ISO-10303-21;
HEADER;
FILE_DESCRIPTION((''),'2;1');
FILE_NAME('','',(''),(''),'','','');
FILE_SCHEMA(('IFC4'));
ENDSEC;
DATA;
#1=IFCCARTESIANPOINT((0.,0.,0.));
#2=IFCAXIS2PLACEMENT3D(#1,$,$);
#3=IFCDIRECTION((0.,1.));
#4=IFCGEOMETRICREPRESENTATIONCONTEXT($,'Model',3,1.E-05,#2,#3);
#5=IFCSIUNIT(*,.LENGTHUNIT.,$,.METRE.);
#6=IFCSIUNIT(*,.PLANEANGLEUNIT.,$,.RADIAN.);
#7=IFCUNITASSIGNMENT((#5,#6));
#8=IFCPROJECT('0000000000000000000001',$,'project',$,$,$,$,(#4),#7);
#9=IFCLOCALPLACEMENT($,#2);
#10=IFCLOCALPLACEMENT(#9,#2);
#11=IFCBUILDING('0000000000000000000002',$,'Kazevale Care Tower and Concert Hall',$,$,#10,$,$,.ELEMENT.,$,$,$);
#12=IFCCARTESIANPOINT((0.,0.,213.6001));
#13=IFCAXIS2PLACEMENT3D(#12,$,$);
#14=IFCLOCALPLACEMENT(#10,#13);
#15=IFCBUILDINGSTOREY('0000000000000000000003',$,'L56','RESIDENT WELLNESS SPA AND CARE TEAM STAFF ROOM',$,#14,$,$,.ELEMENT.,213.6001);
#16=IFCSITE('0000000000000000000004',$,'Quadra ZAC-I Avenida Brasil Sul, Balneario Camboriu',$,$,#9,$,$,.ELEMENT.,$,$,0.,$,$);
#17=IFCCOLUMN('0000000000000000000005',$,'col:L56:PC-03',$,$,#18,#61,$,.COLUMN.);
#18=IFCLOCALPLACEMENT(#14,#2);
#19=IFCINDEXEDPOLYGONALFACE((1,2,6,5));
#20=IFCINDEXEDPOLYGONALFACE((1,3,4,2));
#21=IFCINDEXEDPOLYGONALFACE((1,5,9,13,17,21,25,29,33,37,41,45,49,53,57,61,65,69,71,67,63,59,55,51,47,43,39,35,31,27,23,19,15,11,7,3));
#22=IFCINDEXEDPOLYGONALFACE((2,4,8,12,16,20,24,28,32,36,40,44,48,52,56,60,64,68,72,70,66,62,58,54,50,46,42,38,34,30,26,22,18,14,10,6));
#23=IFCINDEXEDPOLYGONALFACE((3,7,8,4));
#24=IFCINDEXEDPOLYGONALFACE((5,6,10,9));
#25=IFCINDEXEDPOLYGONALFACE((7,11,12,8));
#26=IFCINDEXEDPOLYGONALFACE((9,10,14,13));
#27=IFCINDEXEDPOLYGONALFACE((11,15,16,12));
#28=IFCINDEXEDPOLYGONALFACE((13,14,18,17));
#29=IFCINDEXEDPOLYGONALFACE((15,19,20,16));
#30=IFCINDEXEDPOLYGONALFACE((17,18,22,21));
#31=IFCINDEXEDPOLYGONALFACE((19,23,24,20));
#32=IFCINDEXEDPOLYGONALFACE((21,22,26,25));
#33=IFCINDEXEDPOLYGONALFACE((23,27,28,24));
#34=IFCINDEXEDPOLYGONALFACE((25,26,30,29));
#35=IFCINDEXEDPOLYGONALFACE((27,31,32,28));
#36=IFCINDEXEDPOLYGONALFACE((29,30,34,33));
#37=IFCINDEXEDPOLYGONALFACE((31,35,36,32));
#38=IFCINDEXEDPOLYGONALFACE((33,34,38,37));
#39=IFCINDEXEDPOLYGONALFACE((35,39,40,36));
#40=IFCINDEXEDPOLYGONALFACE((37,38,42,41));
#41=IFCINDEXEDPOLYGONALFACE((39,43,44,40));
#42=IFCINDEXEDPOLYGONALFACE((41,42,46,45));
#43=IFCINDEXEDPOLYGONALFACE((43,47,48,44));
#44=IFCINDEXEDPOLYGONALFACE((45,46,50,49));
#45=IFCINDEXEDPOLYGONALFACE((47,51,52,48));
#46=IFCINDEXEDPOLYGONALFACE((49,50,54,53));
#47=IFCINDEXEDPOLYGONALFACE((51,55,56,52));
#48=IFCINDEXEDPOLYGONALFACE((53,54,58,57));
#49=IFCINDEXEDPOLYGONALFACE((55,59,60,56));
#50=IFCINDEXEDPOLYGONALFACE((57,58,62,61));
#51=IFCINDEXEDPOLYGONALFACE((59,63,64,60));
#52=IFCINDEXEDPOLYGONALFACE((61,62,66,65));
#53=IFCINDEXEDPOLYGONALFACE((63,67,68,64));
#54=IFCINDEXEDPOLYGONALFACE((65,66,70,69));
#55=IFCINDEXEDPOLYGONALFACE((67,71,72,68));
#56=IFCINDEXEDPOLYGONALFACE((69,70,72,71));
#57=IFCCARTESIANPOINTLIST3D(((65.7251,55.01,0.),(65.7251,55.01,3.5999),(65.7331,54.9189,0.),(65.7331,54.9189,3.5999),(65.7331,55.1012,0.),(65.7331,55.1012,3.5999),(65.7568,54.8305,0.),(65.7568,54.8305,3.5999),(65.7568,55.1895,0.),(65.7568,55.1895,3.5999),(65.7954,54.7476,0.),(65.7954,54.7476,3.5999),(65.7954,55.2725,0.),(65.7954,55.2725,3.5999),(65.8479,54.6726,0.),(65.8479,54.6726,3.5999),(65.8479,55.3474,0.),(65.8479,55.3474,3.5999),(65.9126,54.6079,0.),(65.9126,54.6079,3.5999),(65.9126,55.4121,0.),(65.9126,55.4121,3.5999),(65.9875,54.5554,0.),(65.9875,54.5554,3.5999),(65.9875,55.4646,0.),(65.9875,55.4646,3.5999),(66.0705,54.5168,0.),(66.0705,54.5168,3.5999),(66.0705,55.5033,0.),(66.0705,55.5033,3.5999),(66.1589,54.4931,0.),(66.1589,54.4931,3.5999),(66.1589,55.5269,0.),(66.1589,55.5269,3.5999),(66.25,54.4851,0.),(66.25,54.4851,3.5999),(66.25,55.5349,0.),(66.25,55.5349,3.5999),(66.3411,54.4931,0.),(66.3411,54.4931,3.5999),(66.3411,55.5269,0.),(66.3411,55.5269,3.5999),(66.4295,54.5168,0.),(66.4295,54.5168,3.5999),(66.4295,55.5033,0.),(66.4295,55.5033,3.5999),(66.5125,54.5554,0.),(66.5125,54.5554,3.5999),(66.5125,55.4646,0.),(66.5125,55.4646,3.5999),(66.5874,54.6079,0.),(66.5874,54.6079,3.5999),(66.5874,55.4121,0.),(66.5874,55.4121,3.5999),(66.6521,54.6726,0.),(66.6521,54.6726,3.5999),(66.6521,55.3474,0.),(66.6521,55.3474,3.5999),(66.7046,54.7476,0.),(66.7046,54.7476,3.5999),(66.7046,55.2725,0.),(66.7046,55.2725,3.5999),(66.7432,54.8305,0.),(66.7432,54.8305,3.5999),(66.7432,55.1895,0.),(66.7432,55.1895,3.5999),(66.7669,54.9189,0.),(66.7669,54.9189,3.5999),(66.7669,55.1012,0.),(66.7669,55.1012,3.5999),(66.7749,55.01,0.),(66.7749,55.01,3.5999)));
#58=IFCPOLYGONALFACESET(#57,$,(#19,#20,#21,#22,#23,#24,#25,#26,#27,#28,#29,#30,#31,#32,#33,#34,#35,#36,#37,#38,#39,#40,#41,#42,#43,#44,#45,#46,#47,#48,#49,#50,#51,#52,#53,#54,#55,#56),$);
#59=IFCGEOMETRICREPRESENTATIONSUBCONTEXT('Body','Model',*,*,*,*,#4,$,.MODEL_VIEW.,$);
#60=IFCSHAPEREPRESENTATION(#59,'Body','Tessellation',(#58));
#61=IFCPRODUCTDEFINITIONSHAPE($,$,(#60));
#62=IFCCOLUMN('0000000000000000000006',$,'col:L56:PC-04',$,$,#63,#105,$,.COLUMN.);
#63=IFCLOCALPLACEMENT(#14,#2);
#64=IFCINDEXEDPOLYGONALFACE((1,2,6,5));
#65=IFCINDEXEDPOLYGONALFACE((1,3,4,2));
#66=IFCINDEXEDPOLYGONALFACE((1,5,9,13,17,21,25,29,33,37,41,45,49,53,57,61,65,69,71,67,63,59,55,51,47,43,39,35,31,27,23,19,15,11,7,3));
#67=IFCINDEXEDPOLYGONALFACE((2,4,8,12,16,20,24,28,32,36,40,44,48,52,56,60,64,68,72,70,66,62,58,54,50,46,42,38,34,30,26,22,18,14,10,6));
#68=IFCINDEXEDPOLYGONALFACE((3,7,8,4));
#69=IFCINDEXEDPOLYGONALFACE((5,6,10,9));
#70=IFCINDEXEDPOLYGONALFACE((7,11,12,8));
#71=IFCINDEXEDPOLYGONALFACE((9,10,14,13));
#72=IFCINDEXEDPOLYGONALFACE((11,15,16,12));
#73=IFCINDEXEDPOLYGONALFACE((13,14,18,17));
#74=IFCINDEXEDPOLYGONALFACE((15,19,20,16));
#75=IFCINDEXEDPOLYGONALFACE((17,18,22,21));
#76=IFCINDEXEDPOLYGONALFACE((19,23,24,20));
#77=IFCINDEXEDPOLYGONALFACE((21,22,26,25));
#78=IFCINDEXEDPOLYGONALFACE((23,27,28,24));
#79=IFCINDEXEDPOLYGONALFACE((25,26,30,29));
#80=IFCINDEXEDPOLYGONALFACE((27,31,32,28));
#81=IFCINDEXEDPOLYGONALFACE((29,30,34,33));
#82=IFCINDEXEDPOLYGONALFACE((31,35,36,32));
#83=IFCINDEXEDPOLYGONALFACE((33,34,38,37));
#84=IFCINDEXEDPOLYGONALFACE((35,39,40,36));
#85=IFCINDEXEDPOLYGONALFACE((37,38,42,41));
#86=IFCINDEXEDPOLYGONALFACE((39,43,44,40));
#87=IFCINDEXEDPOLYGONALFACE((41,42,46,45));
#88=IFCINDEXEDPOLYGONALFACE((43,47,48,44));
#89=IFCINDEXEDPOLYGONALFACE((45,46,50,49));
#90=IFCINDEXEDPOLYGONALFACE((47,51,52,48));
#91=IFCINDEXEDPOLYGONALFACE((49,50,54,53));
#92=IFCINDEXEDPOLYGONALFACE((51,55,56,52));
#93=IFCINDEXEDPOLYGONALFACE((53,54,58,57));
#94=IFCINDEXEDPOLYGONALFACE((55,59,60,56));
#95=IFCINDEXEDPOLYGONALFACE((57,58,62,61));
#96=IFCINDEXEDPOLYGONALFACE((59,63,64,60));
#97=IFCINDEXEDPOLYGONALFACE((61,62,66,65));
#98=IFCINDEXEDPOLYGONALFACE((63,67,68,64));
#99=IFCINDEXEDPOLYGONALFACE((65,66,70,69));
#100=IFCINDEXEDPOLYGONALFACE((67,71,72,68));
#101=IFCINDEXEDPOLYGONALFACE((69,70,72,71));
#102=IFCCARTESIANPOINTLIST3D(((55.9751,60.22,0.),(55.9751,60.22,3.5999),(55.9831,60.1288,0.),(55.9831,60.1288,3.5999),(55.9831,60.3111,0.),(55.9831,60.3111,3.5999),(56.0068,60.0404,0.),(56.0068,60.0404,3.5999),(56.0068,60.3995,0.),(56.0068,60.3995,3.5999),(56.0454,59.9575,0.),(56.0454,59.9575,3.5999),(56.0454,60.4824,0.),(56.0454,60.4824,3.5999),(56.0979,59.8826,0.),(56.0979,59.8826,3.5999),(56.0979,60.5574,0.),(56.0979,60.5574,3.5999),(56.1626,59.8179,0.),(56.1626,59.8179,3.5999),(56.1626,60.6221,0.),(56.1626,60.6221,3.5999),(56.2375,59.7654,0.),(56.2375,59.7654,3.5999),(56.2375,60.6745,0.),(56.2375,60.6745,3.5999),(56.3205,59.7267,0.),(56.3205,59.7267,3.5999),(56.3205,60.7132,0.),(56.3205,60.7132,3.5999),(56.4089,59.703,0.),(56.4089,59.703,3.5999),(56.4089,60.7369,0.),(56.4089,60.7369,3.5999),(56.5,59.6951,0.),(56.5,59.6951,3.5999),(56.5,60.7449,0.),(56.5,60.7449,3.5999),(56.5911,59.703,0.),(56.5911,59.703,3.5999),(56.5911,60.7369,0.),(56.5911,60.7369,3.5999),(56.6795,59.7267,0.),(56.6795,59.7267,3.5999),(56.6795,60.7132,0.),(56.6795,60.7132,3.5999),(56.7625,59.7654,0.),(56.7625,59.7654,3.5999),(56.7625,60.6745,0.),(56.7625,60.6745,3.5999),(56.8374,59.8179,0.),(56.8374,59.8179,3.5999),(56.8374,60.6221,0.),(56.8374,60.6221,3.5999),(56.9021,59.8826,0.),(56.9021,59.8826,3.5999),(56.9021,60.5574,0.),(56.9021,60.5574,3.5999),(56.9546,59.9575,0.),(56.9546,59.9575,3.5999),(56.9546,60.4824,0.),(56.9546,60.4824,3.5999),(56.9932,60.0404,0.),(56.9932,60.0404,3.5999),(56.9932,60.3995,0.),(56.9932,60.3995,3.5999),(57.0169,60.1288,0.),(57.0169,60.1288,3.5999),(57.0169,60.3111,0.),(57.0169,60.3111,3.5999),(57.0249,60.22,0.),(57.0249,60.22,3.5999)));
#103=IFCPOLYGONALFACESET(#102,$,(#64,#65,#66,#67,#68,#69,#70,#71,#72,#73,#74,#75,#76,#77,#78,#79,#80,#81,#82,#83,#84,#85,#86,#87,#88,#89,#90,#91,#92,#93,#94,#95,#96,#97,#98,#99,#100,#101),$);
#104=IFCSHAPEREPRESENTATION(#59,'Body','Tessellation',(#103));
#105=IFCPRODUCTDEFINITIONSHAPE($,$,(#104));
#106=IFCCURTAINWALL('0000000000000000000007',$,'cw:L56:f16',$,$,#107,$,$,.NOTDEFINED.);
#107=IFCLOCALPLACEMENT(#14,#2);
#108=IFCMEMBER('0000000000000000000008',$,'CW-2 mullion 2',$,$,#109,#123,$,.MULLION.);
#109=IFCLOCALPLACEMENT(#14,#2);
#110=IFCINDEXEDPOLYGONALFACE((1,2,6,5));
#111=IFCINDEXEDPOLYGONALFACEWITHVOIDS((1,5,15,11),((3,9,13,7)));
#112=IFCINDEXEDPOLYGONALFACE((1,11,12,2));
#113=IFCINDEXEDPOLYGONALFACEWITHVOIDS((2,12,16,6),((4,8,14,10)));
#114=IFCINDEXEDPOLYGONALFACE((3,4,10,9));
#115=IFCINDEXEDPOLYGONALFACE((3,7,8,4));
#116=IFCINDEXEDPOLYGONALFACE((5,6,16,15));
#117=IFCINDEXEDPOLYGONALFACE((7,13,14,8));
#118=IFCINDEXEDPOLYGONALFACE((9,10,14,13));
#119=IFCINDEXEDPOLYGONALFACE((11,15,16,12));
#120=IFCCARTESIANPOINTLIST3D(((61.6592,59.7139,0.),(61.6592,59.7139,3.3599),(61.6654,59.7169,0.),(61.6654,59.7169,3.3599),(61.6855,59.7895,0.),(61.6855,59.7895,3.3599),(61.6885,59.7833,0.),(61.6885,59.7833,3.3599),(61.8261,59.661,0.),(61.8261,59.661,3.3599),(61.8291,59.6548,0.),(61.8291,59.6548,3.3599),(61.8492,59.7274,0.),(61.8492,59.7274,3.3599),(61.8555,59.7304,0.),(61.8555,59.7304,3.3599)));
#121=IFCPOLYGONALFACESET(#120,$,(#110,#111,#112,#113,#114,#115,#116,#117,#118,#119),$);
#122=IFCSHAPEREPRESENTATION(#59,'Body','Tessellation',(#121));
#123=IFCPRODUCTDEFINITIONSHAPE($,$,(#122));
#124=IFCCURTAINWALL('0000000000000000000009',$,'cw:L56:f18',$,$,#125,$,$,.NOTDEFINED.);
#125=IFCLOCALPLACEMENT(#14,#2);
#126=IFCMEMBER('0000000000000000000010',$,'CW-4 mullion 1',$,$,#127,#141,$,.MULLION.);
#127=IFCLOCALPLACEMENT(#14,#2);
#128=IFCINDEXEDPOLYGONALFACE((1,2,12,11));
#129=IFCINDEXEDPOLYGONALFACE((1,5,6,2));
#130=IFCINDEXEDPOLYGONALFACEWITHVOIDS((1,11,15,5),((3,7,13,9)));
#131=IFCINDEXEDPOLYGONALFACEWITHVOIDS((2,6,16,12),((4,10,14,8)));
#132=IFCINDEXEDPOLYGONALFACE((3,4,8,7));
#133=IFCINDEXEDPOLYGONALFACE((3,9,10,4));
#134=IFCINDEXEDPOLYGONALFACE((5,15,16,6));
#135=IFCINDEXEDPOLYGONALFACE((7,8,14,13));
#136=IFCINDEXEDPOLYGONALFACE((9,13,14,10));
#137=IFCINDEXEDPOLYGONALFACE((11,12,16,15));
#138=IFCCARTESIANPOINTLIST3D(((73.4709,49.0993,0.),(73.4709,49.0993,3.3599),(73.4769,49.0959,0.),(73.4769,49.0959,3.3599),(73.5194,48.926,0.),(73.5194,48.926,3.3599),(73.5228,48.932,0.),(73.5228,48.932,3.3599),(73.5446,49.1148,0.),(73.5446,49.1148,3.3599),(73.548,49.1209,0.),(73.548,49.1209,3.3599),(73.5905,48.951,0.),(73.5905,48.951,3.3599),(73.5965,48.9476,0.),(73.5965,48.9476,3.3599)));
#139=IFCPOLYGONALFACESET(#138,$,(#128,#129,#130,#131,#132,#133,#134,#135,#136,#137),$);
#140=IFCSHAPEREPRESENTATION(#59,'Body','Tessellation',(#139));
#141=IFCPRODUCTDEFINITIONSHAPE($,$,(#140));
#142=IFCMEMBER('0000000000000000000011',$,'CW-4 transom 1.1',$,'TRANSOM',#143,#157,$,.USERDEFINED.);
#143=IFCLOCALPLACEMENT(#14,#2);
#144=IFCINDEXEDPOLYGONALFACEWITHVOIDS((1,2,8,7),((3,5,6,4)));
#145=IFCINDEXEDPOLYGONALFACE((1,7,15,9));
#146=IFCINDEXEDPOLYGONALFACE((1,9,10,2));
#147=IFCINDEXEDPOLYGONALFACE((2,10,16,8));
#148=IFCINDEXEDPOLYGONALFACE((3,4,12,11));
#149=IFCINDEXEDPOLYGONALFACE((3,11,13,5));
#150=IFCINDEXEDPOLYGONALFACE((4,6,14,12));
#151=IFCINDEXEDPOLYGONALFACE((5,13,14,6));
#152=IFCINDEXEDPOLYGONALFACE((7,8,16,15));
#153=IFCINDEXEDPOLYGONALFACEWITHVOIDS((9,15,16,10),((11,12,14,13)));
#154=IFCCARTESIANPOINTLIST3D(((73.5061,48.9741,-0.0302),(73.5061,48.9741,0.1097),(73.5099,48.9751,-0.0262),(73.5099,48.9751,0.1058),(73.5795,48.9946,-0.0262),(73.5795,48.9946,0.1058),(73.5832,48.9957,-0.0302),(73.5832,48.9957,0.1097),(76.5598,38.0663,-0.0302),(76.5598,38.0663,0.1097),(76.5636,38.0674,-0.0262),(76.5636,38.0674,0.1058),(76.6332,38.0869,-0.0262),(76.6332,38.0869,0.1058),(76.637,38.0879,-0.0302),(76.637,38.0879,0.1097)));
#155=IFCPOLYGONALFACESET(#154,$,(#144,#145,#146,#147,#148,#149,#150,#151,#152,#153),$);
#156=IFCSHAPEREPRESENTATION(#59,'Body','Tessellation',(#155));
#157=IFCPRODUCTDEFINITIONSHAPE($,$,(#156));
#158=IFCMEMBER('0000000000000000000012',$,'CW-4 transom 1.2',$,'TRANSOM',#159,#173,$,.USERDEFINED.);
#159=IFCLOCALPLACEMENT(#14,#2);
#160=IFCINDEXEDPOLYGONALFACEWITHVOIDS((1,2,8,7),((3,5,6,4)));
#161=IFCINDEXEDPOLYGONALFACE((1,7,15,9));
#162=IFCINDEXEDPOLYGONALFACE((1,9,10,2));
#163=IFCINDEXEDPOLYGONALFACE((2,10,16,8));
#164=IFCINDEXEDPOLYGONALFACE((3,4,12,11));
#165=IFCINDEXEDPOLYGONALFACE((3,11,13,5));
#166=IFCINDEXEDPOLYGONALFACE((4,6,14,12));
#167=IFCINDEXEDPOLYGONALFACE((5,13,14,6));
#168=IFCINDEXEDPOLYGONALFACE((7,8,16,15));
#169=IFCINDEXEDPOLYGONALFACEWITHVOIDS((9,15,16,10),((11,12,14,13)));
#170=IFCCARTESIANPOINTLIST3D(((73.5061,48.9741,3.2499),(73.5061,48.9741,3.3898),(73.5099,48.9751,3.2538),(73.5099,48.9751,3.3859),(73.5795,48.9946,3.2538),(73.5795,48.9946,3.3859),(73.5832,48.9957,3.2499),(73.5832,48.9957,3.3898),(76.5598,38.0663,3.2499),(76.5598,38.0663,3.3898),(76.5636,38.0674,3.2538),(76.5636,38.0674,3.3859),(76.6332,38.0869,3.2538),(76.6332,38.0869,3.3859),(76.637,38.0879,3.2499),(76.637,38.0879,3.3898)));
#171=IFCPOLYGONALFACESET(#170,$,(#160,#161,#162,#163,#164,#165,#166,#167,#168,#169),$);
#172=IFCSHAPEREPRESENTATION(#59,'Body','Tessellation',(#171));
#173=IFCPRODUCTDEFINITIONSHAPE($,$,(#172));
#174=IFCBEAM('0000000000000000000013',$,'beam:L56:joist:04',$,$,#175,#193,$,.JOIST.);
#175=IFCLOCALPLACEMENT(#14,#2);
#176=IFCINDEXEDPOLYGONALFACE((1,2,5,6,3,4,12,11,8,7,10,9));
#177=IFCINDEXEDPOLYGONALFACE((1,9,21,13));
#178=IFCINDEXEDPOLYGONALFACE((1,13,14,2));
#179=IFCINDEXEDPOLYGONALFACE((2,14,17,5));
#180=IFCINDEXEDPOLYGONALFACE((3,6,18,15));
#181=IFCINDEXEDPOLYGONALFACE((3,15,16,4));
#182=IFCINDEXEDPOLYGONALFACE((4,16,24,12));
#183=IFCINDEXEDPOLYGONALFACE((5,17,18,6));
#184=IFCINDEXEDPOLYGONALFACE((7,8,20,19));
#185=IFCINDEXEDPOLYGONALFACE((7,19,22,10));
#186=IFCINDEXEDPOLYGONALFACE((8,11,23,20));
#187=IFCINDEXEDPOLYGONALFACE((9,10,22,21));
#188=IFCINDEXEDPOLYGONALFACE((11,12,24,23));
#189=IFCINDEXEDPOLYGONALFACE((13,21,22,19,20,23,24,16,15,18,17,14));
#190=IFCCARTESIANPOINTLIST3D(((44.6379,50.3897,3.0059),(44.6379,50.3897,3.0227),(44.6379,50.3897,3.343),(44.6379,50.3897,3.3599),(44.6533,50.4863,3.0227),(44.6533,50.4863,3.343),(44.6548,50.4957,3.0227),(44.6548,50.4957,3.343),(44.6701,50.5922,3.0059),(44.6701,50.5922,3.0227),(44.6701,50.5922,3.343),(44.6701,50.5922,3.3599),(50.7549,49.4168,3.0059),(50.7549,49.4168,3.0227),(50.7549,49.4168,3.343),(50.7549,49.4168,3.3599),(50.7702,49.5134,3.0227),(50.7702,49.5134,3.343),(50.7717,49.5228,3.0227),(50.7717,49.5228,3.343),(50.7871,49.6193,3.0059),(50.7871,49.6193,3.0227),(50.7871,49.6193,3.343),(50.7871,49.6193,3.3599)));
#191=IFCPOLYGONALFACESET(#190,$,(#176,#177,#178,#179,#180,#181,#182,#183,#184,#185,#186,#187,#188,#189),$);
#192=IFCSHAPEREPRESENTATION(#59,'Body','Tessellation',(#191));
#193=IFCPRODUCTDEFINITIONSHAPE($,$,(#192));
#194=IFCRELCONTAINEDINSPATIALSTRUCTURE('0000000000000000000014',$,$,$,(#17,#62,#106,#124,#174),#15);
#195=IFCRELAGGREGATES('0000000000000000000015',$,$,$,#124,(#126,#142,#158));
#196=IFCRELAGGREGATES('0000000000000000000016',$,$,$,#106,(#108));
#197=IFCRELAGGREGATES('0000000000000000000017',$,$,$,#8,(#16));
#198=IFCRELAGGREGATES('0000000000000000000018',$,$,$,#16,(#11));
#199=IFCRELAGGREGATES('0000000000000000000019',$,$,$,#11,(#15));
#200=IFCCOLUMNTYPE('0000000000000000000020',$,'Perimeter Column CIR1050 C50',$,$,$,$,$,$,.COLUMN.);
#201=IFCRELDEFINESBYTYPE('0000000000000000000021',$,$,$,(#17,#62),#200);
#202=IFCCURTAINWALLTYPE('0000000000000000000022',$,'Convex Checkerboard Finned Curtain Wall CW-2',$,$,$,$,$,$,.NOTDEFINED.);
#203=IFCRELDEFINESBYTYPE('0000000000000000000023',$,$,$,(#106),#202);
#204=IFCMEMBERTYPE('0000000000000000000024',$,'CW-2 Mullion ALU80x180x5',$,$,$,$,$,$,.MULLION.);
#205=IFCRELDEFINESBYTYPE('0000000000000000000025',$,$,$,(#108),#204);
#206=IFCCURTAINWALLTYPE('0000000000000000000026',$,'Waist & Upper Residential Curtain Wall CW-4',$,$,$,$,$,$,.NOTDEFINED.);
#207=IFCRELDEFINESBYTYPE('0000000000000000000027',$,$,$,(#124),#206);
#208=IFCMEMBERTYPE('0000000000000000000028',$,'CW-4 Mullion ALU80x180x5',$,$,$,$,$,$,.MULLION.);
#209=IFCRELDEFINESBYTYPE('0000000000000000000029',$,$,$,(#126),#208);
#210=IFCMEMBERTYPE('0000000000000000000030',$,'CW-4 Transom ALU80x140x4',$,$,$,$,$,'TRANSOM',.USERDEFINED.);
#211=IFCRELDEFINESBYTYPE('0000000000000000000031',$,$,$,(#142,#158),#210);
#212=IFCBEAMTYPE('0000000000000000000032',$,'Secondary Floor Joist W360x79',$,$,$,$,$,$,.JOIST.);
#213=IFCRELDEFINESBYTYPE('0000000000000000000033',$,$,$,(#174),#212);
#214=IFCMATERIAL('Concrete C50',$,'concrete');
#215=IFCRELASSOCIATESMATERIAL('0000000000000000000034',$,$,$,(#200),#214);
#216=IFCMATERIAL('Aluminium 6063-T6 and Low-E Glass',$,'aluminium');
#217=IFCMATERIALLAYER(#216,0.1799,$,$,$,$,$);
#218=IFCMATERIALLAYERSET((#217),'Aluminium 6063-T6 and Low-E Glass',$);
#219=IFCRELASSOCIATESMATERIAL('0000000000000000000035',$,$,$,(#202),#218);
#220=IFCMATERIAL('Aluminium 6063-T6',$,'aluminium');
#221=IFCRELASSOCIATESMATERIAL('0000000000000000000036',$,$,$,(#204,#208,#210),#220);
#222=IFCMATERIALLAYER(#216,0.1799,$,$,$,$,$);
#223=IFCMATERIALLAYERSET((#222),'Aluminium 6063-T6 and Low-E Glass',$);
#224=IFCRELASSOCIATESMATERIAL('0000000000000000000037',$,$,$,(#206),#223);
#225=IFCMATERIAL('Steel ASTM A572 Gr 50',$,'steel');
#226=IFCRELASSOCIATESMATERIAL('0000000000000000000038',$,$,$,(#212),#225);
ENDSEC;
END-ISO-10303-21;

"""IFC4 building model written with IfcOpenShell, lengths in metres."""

from ifc_helpers import new_model, si_unit, direction, frame, origin, origin_2d, place, context, subcontext, project, spatial, hollow_rectangle, circle, i_section, extrude, material, layer, layer_set, material_profile, profile_set, type_object, element, aggregate, save


model = new_model("IFC4")

# Units and contexts
model_context = context("Model", 3, precision=1e-05, world=origin(), true_north=direction((0.0, 1.0)))
body_context = subcontext(model_context, "Body", "Model", "MODEL_VIEW")
ifc_project = project(units=[si_unit("LENGTHUNIT", "METRE"), si_unit("PLANEANGLEUNIT", "RADIAN")], contexts=[model_context])

# Site, building, storey
site_placement = place(None, origin())
site = spatial("IfcSite", under=ifc_project, at=site_placement, Name="Quadra ZAC-I Avenida Brasil Sul, Balneario Camboriu", CompositionType="ELEMENT", RefElevation=0.0)
building_placement = place(site_placement, origin())
building = spatial("IfcBuilding", under=site, at=building_placement, Name="Kazevale Care Tower and Concert Hall", CompositionType="ELEMENT")
storey_placement = place(building_placement, frame((0.0, 0.0, 213.6001)))
storey = spatial("IfcBuildingStorey", under=building, at=storey_placement, Name="L56", Description="RESIDENT WELLNESS SPA AND CARE TEAM STAFF ROOM", CompositionType="ELEMENT", Elevation=213.6001)

# Columns
ifc_material_1 = material(Name="Concrete C50", Category="concrete")
ifc_material_profile_1 = material_profile(ifc_material_1, circle(Radius=0.5249, at=origin_2d()), Name="RC-CIR1050")
ifc_profile_set_1 = profile_set([ifc_material_profile_1], Name="Concrete C50")
column_type = type_object("IfcColumnType", Name="Perimeter Column CIR1050 C50", PredefinedType="COLUMN", material=ifc_profile_set_1)
for number, where, z_axis, x_axis, name in (
    (1, (66.25, 55.01, 0.0), (0.0, 0.0, 1.0), (1.0, 0.0, 0.0), "col:L56:PC-03"),
    (2, (56.5, 60.22, 0.0), (0.0, 0.0, 1.0), (1.0, 0.0, 0.0), "col:L56:PC-04"),
):
    element("IfcColumn", number, at=place(storey_placement, frame(where, z_axis=z_axis, x_axis=x_axis)), inside=storey, type_object=column_type, Name=name, PredefinedType="COLUMN", context=body_context, shape_type="SweptSolid", body=[
        extrude(circle(Radius=0.5249, at=origin_2d()), origin(), (0.0, 0.0, 1.0), 3.5999),
    ])

# Curtain wall, member
ifc_material_2 = material(Name="Aluminium 6063-T6 and Low-E Glass", Category="aluminium")
ifc_layer_1 = layer(ifc_material_2, 0.1799)
ifc_layer_set_1 = layer_set([ifc_layer_1], Name="Aluminium 6063-T6 and Low-E Glass")
curtain_wall_type_1 = type_object("IfcCurtainWallType", Name="Convex Checkerboard Finned Curtain Wall CW-2", PredefinedType="NOTDEFINED", material=ifc_layer_set_1)
curtain_wall_1_placement = place(storey_placement, origin())
curtain_wall_1 = element("IfcCurtainWall", 3, at=curtain_wall_1_placement, inside=storey, type_object=curtain_wall_type_1, Name="cw:L56:f16", PredefinedType="NOTDEFINED")
ifc_material_3 = material(Name="Aluminium 6063-T6", Category="aluminium")
ifc_material_profile_2 = material_profile(ifc_material_3, hollow_rectangle(XDim=0.0801, YDim=0.1799, WallThickness=0.0049, at=origin_2d()), Name="ALU80x180x5")
ifc_profile_set_2 = profile_set([ifc_material_profile_2], Name="Aluminium 6063-T6")
member_type_1 = type_object("IfcMemberType", Name="CW-2 Mullion ALU80x180x5", PredefinedType="MULLION", material=ifc_profile_set_2)
member_1_placement = place(storey_placement, frame((61.7573, 59.7222, 0.0), z_axis=(0.0, 0.0, 1.0), x_axis=(0.328584, 0.944475, 0.0)))
member_1 = element("IfcMember", 4, at=member_1_placement, type_object=member_type_1, Name="CW-2 mullion 2", PredefinedType="MULLION", context=body_context, shape_type="SweptSolid", body=[
    extrude(hollow_rectangle(XDim=0.0801, YDim=0.1799, WallThickness=0.0049, at=origin_2d()), origin(), (0.0, 0.0, 1.0), 3.3599),
])

# Curtain wall, members
ifc_layer_2 = layer(ifc_material_2, 0.1799)
ifc_layer_set_2 = layer_set([ifc_layer_2], Name="Aluminium 6063-T6 and Low-E Glass")
curtain_wall_type_2 = type_object("IfcCurtainWallType", Name="Waist & Upper Residential Curtain Wall CW-4", PredefinedType="NOTDEFINED", material=ifc_layer_set_2)
curtain_wall_2_placement = place(storey_placement, origin())
curtain_wall_2 = element("IfcCurtainWall", 5, at=curtain_wall_2_placement, inside=storey, type_object=curtain_wall_type_2, Name="cw:L56:f18", PredefinedType="NOTDEFINED")
ifc_material_profile_3 = material_profile(ifc_material_3, hollow_rectangle(XDim=0.0801, YDim=0.1799, WallThickness=0.0049, at=origin_2d()), Name="ALU80x180x5")
ifc_profile_set_3 = profile_set([ifc_material_profile_3], Name="Aluminium 6063-T6")
member_type_2 = type_object("IfcMemberType", Name="CW-4 Mullion ALU80x180x5", PredefinedType="MULLION", material=ifc_profile_set_3)
member_2_placement = place(storey_placement, frame((73.5337, 49.0234, 0.0), z_axis=(0.0, 0.0, 1.0), x_axis=(0.962972, 0.269601, 0.0)))
member_2 = element("IfcMember", 6, at=member_2_placement, type_object=member_type_2, Name="CW-4 mullion 1", PredefinedType="MULLION", context=body_context, shape_type="SweptSolid", body=[
    extrude(hollow_rectangle(XDim=0.0801, YDim=0.1799, WallThickness=0.0049, at=origin_2d()), origin(), (0.0, 0.0, 1.0), 3.3599),
])
ifc_material_profile_4 = material_profile(ifc_material_3, hollow_rectangle(XDim=0.0801, YDim=0.1399, WallThickness=0.0039, at=origin_2d()), Name="ALU80x140x4")
ifc_profile_set_4 = profile_set([ifc_material_profile_4], Name="Aluminium 6063-T6")
member_type_3 = type_object("IfcMemberType", Name="CW-4 Transom ALU80x140x4", ElementType="TRANSOM", PredefinedType="USERDEFINED", material=ifc_profile_set_4)
member_3_placement = place(storey_placement, frame((73.5447, 48.9849, 0.0398), z_axis=(0.269593, -0.962974, 0.0), x_axis=(0.962974, 0.269593, 0.0)))
member_3 = element("IfcMember", 7, at=member_3_placement, type_object=member_type_3, Name="CW-4 transom 1.1", ObjectType="TRANSOM", PredefinedType="USERDEFINED", context=body_context, shape_type="SweptSolid", body=[
    extrude(hollow_rectangle(XDim=0.0801, YDim=0.1399, WallThickness=0.0039, at=origin_2d()), origin(), (0.0, 0.0, 1.0), 11.3271),
])
member_4_placement = place(storey_placement, frame((73.5447, 48.9849, 3.3198), z_axis=(0.269593, -0.962974, 0.0), x_axis=(0.962974, 0.269593, 0.0)))
member_4 = element("IfcMember", 8, at=member_4_placement, type_object=member_type_3, Name="CW-4 transom 1.2", ObjectType="TRANSOM", PredefinedType="USERDEFINED", context=body_context, shape_type="SweptSolid", body=[
    extrude(hollow_rectangle(XDim=0.0801, YDim=0.1399, WallThickness=0.0039, at=origin_2d()), origin(), (0.0, 0.0, 1.0), 11.3271),
])
aggregate(curtain_wall_2, [member_2, member_3, member_4])

# Beam
ifc_material_4 = material(Name="Steel ASTM A572 Gr 50", Category="steel")
ifc_material_profile_5 = material_profile(ifc_material_4, i_section(OverallWidth=0.2051, OverallDepth=0.354, WebThickness=0.0095, FlangeThickness=0.0168, at=origin_2d()), Name="W360x79")
ifc_profile_set_5 = profile_set([ifc_material_profile_5], Name="Steel ASTM A572 Gr 50")
beam_type_1 = type_object("IfcBeamType", Name="Secondary Floor Joist W360x79", PredefinedType="JOIST", material=ifc_profile_set_5)
beam_1_placement = place(storey_placement, frame((50.771, 49.5181, 3.1829), z_axis=(-0.987587, 0.157076, 0.0), x_axis=(-0.157076, -0.987587, 0.0)))
element("IfcBeam", 9, at=beam_1_placement, inside=storey, type_object=beam_type_1, Name="beam:L56:joist:04", PredefinedType="JOIST", context=body_context, shape_type="SweptSolid", body=[
    extrude(i_section(OverallWidth=0.2051, OverallDepth=0.354, WebThickness=0.0095, FlangeThickness=0.0168, at=origin_2d()), origin(), (0.0, 0.0, 1.0), 6.1938),
])

aggregate(curtain_wall_1, [member_1])

save(model, "model.ifc")
